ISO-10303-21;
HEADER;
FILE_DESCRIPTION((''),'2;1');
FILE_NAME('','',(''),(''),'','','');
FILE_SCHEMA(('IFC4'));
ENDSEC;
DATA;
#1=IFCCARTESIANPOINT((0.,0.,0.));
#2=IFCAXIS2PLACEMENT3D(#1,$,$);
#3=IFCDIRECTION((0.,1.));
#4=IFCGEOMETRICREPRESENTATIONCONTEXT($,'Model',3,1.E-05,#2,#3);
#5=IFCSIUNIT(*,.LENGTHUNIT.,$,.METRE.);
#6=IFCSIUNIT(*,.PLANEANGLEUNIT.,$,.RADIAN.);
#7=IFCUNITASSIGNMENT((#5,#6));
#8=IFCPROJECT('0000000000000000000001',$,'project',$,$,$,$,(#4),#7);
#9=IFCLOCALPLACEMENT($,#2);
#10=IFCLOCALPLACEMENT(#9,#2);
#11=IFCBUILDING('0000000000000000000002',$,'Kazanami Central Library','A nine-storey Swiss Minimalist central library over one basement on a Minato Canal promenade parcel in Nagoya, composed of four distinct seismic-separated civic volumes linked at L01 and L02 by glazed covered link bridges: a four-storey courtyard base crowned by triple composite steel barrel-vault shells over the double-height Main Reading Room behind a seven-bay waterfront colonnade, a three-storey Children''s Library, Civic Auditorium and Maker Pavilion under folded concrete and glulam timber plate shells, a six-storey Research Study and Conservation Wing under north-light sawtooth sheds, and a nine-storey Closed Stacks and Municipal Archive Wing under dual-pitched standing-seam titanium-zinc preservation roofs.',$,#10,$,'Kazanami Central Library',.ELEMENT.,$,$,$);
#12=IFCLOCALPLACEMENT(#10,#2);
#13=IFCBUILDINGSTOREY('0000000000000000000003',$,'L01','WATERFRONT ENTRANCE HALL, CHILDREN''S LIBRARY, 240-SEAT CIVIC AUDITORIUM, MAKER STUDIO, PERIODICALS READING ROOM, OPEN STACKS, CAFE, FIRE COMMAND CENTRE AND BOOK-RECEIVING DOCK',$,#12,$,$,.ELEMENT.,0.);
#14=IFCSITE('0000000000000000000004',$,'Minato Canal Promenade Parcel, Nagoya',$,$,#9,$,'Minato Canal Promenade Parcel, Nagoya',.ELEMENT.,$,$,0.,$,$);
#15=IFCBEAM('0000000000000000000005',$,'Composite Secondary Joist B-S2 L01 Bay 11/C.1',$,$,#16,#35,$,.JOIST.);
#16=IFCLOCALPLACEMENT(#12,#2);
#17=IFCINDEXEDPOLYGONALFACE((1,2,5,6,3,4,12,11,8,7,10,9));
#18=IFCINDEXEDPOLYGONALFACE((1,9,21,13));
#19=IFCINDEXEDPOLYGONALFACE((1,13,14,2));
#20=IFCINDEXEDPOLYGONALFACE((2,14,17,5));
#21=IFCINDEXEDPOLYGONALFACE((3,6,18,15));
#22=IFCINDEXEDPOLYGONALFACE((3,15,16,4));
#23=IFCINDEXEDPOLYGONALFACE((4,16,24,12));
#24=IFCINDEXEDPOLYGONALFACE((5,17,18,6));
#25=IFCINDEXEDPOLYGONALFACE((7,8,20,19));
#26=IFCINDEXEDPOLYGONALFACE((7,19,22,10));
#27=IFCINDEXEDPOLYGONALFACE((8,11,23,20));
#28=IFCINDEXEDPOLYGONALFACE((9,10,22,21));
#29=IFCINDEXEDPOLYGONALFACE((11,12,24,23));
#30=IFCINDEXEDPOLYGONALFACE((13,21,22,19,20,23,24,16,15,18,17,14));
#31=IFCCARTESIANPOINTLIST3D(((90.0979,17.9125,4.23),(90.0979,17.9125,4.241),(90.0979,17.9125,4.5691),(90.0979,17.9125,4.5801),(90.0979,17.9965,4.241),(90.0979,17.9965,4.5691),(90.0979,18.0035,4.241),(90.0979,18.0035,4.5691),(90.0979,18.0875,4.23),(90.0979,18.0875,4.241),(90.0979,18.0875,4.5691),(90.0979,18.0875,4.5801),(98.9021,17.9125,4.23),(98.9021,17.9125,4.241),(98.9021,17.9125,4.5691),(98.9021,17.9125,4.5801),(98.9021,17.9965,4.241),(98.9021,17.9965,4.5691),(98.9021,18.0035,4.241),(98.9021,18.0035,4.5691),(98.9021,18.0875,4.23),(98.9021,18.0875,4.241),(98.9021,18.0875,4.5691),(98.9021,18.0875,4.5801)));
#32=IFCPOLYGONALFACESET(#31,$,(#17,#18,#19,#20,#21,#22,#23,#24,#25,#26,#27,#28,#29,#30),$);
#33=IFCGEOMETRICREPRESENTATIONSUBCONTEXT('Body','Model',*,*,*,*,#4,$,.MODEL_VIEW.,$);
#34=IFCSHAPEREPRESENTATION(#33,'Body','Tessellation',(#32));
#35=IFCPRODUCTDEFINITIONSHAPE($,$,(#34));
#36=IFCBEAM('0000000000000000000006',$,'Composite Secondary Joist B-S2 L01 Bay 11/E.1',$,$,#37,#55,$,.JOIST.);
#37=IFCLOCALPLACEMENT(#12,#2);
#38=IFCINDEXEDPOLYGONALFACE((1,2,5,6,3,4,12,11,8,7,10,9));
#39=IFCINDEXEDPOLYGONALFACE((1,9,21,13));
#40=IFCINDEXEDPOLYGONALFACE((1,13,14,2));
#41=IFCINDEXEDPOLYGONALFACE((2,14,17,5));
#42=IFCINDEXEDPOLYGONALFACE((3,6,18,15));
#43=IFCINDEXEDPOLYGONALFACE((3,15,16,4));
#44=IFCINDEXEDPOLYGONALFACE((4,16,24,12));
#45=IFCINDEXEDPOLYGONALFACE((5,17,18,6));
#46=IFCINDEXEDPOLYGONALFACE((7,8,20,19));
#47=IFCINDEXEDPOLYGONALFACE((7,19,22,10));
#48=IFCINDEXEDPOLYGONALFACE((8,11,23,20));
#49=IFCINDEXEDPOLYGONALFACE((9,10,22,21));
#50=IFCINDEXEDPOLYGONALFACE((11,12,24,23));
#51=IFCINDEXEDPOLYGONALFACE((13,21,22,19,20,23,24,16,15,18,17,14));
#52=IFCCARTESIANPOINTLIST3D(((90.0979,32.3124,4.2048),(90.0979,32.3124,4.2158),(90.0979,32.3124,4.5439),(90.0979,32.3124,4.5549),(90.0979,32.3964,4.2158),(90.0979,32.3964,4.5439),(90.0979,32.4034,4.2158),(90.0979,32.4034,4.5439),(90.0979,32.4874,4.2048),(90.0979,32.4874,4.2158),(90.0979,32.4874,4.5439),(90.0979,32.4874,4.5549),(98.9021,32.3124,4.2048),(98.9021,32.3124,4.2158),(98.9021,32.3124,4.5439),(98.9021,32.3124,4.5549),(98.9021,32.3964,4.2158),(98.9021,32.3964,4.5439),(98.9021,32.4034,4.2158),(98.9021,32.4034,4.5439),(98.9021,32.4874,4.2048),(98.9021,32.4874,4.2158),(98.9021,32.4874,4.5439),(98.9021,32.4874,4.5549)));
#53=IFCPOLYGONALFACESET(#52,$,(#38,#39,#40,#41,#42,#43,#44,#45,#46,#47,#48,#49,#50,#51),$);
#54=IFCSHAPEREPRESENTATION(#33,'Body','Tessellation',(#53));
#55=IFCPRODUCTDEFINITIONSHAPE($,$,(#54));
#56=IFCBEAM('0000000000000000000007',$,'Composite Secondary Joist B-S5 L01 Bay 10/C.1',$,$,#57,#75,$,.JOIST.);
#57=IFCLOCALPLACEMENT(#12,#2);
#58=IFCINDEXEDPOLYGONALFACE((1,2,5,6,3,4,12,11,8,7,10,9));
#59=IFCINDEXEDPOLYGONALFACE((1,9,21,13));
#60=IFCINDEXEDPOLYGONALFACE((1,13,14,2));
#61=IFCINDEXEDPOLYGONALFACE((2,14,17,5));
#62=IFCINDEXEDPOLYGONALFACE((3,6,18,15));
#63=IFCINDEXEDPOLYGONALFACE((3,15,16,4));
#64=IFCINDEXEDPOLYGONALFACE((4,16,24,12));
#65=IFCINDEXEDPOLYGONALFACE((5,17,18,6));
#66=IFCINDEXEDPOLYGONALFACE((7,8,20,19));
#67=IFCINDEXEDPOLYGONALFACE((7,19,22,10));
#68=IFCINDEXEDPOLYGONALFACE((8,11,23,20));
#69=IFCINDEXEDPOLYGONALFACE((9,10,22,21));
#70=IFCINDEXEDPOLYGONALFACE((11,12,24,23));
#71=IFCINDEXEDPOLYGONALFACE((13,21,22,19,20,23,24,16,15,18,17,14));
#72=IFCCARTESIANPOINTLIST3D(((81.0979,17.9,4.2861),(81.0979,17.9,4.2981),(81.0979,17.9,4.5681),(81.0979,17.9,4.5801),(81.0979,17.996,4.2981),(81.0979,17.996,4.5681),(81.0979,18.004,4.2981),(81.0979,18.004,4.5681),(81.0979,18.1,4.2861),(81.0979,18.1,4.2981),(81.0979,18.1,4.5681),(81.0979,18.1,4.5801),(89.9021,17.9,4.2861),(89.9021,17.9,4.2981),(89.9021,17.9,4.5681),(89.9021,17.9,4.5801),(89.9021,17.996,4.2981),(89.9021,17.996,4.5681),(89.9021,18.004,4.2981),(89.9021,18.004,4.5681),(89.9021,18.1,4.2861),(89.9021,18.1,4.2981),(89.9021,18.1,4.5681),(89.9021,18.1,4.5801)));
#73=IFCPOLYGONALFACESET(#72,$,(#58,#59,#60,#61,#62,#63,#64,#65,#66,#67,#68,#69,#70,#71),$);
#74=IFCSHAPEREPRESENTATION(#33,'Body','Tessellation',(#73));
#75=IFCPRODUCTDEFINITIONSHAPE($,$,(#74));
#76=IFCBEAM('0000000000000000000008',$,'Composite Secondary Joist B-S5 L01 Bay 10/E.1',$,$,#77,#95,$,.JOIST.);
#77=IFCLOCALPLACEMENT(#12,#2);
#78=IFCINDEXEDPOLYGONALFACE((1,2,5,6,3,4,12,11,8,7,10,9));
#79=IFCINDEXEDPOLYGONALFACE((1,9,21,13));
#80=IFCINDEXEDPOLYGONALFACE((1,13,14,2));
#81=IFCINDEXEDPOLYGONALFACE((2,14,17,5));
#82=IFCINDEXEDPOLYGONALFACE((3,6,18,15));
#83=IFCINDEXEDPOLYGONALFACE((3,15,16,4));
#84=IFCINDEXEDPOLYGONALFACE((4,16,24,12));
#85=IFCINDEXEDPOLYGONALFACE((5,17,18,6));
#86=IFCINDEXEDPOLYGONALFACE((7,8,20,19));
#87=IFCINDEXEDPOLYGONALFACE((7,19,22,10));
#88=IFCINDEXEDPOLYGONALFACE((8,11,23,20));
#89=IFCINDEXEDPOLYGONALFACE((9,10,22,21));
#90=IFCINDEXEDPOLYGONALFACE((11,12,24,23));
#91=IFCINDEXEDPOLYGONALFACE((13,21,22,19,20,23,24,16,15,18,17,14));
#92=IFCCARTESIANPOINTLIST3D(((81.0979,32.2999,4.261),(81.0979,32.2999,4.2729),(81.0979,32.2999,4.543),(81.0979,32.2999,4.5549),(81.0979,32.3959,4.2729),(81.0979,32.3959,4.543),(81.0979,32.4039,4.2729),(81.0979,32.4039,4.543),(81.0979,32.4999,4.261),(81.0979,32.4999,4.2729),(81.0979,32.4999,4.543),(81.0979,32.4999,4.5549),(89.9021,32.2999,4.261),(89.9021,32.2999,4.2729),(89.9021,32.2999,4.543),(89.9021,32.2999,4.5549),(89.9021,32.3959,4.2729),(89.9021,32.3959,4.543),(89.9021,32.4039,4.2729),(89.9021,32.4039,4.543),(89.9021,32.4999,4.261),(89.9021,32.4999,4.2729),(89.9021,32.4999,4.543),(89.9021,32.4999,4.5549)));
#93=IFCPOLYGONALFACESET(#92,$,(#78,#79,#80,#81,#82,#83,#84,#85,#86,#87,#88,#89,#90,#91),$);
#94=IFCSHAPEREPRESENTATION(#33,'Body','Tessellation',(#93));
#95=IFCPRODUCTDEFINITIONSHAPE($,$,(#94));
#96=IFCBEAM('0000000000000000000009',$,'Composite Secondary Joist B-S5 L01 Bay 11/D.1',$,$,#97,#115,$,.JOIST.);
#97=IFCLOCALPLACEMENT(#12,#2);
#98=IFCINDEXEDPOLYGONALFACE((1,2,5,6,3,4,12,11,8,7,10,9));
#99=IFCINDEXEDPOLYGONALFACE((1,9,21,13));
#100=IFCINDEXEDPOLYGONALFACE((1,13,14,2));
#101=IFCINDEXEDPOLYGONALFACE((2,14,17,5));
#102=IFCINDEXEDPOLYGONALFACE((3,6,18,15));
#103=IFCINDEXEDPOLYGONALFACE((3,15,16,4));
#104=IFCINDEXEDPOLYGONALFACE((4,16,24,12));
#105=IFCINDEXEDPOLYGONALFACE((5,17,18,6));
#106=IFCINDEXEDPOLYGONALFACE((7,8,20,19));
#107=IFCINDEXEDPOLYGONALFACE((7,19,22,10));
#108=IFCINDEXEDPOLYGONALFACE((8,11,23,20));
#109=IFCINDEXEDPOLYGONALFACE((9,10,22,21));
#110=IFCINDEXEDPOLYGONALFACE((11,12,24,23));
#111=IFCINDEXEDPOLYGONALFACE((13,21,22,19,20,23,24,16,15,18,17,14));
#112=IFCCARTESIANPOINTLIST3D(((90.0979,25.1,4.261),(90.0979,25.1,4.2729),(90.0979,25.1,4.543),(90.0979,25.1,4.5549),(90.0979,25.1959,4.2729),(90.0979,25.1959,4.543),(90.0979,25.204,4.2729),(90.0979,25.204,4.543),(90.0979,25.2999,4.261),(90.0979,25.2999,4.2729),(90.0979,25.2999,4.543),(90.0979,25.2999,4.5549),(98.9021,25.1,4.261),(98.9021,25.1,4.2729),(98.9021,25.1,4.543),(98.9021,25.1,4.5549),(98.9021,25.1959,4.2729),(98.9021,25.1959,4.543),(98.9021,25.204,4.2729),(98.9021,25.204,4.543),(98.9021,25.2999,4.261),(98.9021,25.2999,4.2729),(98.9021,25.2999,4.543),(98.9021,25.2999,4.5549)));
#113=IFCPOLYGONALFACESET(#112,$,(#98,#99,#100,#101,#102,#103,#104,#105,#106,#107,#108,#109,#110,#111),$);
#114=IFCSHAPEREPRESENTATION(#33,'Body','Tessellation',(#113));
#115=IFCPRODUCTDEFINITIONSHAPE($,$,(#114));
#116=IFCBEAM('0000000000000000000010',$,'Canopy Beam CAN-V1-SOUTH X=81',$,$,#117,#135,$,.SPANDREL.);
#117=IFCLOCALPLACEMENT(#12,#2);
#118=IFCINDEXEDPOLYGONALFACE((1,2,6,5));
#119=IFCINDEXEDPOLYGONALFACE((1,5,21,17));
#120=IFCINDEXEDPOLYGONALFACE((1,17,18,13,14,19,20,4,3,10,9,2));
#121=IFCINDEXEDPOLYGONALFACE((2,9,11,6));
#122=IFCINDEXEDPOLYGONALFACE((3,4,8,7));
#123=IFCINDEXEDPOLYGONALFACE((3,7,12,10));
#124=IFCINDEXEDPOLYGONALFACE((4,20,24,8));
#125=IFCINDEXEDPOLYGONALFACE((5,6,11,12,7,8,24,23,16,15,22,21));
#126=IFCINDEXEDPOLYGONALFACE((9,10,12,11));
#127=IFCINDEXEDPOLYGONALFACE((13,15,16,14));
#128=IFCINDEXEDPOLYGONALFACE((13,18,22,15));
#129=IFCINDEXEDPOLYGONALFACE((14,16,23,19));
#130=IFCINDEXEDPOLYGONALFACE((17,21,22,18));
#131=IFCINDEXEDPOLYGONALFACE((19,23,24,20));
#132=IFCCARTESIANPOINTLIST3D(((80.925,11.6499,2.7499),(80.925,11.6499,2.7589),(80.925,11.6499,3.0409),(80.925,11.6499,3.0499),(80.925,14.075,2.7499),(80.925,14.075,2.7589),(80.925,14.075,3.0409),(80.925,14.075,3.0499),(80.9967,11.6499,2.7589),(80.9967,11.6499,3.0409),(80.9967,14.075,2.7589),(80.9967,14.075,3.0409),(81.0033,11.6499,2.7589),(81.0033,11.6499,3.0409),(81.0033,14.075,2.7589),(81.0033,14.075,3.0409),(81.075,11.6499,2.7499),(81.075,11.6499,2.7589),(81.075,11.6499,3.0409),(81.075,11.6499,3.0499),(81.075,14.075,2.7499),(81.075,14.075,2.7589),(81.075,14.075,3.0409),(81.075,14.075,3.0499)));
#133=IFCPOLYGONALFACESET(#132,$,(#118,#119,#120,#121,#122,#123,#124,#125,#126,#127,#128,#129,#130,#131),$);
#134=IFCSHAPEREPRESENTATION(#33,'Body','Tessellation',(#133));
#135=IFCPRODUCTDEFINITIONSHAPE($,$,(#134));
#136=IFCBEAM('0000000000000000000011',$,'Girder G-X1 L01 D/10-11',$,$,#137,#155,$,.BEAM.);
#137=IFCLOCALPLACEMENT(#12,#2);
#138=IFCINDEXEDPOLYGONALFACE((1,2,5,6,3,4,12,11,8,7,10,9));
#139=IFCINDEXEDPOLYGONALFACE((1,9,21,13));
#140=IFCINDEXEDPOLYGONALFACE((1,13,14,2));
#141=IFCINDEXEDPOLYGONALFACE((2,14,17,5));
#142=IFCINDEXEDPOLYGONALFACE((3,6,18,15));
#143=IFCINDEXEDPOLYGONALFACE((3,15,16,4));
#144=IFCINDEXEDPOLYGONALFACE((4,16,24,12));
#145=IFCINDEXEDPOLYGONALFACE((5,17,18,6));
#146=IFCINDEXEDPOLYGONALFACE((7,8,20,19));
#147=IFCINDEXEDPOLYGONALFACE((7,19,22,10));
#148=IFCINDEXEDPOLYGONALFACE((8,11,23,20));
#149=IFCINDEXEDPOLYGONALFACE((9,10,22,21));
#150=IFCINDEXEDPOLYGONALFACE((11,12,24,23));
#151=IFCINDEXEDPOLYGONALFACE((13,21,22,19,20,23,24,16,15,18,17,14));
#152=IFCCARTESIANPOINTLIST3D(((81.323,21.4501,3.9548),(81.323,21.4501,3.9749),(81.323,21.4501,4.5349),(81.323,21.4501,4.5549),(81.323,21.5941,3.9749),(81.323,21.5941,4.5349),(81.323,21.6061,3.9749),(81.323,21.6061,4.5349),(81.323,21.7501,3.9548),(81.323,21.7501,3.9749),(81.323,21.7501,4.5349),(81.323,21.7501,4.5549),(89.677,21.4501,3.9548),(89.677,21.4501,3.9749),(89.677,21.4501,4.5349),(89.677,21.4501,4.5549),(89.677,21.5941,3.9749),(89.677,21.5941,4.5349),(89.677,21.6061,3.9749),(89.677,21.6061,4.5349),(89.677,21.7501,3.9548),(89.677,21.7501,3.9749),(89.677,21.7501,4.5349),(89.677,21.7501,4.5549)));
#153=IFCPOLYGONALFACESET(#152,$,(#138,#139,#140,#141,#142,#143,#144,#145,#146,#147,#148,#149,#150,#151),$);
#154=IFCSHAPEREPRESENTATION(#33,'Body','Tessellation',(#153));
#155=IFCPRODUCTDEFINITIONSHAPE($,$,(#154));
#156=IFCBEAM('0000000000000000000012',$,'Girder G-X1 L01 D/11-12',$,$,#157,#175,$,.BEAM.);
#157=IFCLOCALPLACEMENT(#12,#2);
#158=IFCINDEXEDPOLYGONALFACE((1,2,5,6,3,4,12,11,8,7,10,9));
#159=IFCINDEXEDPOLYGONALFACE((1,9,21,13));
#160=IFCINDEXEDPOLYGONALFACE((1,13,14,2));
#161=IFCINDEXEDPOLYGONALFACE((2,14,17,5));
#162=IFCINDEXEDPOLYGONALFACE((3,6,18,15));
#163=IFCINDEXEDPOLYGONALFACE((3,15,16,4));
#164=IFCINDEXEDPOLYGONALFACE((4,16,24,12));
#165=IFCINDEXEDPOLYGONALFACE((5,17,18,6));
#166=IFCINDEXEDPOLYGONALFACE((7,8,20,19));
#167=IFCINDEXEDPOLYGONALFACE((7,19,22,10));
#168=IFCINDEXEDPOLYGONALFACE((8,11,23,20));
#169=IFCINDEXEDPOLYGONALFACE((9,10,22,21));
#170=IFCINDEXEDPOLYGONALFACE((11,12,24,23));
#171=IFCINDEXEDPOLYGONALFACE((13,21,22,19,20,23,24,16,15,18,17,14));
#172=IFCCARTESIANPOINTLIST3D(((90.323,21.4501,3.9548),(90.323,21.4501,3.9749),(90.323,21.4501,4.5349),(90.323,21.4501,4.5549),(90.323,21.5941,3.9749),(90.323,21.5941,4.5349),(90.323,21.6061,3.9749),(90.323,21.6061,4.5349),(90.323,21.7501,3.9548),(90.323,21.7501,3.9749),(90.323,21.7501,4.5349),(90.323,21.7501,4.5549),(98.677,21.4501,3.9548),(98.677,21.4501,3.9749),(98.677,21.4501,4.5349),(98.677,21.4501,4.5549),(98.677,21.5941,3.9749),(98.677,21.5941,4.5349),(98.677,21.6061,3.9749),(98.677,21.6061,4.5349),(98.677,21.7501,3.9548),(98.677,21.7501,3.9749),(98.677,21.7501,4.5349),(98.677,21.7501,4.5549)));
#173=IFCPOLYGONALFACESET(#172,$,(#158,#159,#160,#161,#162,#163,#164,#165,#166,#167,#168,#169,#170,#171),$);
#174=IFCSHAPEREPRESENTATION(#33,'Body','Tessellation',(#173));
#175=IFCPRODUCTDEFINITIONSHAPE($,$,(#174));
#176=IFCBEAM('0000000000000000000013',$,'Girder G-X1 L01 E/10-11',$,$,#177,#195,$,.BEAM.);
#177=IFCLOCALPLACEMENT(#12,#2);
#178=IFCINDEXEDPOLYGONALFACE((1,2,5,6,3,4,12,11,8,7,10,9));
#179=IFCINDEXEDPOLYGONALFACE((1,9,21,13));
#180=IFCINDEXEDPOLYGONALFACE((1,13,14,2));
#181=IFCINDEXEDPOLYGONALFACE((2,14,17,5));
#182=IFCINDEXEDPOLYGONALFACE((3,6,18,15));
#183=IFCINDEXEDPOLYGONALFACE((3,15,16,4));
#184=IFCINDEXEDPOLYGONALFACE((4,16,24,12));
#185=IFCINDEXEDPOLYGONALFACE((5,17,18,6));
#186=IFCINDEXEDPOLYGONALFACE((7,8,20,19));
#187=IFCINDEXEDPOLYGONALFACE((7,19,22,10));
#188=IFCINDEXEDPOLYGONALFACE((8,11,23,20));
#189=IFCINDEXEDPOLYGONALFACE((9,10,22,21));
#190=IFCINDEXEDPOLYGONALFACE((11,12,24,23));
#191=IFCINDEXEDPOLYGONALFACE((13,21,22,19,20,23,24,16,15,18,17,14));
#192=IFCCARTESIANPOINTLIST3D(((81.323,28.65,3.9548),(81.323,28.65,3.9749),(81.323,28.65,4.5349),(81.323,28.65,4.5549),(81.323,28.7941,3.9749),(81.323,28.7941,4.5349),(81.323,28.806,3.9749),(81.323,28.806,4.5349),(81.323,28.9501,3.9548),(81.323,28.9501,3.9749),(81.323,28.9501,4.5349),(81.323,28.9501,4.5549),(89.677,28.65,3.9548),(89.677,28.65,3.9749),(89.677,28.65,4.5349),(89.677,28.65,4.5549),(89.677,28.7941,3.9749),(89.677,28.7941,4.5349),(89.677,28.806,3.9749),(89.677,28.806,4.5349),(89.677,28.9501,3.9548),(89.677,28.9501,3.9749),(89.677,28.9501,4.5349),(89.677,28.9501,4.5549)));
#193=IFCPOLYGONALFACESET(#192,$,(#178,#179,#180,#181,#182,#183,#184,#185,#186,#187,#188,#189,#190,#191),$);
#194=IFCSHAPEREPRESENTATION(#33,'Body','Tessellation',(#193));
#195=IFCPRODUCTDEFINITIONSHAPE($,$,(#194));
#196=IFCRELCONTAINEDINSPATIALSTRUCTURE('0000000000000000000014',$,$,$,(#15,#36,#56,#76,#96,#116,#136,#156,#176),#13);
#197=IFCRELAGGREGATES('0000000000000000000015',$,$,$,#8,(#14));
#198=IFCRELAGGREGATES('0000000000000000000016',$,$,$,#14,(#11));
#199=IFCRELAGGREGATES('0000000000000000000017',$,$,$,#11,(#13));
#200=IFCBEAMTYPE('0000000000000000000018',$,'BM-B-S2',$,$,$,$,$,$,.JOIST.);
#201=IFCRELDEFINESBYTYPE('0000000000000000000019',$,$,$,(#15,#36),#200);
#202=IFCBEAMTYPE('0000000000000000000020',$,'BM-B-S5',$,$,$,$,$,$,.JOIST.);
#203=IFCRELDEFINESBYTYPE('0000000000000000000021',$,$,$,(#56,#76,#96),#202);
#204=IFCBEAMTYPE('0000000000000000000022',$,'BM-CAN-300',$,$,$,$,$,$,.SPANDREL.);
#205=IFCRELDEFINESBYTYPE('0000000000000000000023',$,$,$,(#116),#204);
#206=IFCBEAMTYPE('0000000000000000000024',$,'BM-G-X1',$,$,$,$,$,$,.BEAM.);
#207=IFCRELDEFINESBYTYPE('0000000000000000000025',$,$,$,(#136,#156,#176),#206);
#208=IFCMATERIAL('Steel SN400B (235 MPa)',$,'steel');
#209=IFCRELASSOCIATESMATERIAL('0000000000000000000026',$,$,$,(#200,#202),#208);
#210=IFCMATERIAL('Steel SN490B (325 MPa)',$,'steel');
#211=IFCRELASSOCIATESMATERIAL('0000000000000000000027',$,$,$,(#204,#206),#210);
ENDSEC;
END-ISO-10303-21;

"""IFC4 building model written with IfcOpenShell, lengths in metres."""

from ifc_helpers import new_model, si_unit, direction, frame, origin, origin_2d, place, context, subcontext, project, spatial, i_section, extrude, material, material_profile, profile_set, type_object, element, save


model = new_model("IFC4")

# Units and contexts
model_context = context("Model", 3, precision=1e-05, world=origin(), true_north=direction((0.0, 1.0)))
body_context = subcontext(model_context, "Body", "Model", "MODEL_VIEW")
ifc_project = project(units=[si_unit("LENGTHUNIT", "METRE"), si_unit("PLANEANGLEUNIT", "RADIAN")], contexts=[model_context])

# Site, building, storey
site_placement = place(None, origin())
site = spatial("IfcSite", under=ifc_project, at=site_placement, Name="Minato Canal Promenade Parcel, Nagoya", LongName="Minato Canal Promenade Parcel, Nagoya", CompositionType="ELEMENT", RefElevation=0.0)
building_placement = place(site_placement, origin())
building = spatial("IfcBuilding", under=site, at=building_placement, Name="Kazanami Central Library", Description="A nine-storey Swiss Minimalist central library over one basement on a Minato Canal promenade parcel in Nagoya, composed of four distinct seismic-separated civic volumes linked at L01 and L02 by glazed covered link bridges: a four-storey courtyard base crowned by triple composite steel barrel-vault shells over the double-height Main Reading Room behind a seven-bay waterfront colonnade, a three-storey Children's Library, Civic Auditorium and Maker Pavilion under folded concrete and glulam timber plate shells, a six-storey Research Study and Conservation Wing under north-light sawtooth sheds, and a nine-storey Closed Stacks and Municipal Archive Wing under dual-pitched standing-seam titanium-zinc preservation roofs.", LongName="Kazanami Central Library", CompositionType="ELEMENT")
storey_placement = place(building_placement, origin())
storey = spatial("IfcBuildingStorey", under=building, at=storey_placement, Name="L01", Description="WATERFRONT ENTRANCE HALL, CHILDREN'S LIBRARY, 240-SEAT CIVIC AUDITORIUM, MAKER STUDIO, PERIODICALS READING ROOM, OPEN STACKS, CAFE, FIRE COMMAND CENTRE AND BOOK-RECEIVING DOCK", CompositionType="ELEMENT", Elevation=0.0)

# Beams
ifc_material_1 = material(Name="Steel SN400B (235 MPa)", Category="steel")
ifc_material_profile_1 = material_profile(ifc_material_1, i_section(OverallWidth=0.175, OverallDepth=0.3501, WebThickness=0.0071, FlangeThickness=0.011, at=origin_2d()), Name="H-350x175x7x11")
ifc_profile_set_1 = profile_set([ifc_material_profile_1], Name="Steel SN400B (235 MPa)")
beam_type_1 = type_object("IfcBeamType", Name="BM-B-S2", PredefinedType="JOIST", material=ifc_profile_set_1)
for number, where, z_axis, x_axis, name in (
    (1, (90.0979, 18.0, 4.405), (1.0, 0.0, 0.0), (0.0, 1.0, 0.0), "Composite Secondary Joist B-S2 L01 Bay 11/C.1"),
    (2, (90.0979, 32.3999, 4.3799), (1.0, 0.0, 0.0), (0.0, 1.0, 0.0), "Composite Secondary Joist B-S2 L01 Bay 11/E.1"),
):
    element("IfcBeam", number, at=place(storey_placement, frame(where, z_axis=z_axis, x_axis=x_axis)), inside=storey, type_object=beam_type_1, Name=name, PredefinedType="JOIST", context=body_context, shape_type="SweptSolid", body=[
        extrude(i_section(OverallWidth=0.175, OverallDepth=0.3501, WebThickness=0.0071, FlangeThickness=0.011, at=origin_2d()), origin(), (0.0, 0.0, 1.0), 8.8042),
    ])
ifc_material_profile_2 = material_profile(ifc_material_1, i_section(OverallWidth=0.2, OverallDepth=0.2939, WebThickness=0.0081, FlangeThickness=0.012, at=origin_2d()), Name="H-294x200x8x12")
ifc_profile_set_2 = profile_set([ifc_material_profile_2], Name="Steel SN400B (235 MPa)")
beam_type_2 = type_object("IfcBeamType", Name="BM-B-S5", PredefinedType="JOIST", material=ifc_profile_set_2)
for number, where, z_axis, x_axis, name in (
    (3, (81.0979, 18.0, 4.4331), (1.0, 0.0, 0.0), (0.0, 1.0, 0.0), "Composite Secondary Joist B-S5 L01 Bay 10/C.1"),
    (4, (81.0979, 32.3999, 4.408), (1.0, 0.0, 0.0), (0.0, 1.0, 0.0), "Composite Secondary Joist B-S5 L01 Bay 10/E.1"),
    (5, (90.0979, 25.2, 4.408), (1.0, 0.0, 0.0), (0.0, 1.0, 0.0), "Composite Secondary Joist B-S5 L01 Bay 11/D.1"),
):
    element("IfcBeam", number, at=place(storey_placement, frame(where, z_axis=z_axis, x_axis=x_axis)), inside=storey, type_object=beam_type_2, Name=name, PredefinedType="JOIST", context=body_context, shape_type="SweptSolid", body=[
        extrude(i_section(OverallWidth=0.2, OverallDepth=0.2939, WebThickness=0.0081, FlangeThickness=0.012, at=origin_2d()), origin(), (0.0, 0.0, 1.0), 8.8042),
    ])
ifc_material_2 = material(Name="Steel SN490B (325 MPa)", Category="steel")
ifc_material_profile_3 = material_profile(ifc_material_2, i_section(OverallWidth=0.1499, OverallDepth=0.3, WebThickness=0.0066, FlangeThickness=0.009, at=origin_2d()), Name="H-300x150x6.5x9")
ifc_profile_set_3 = profile_set([ifc_material_profile_3], Name="Steel SN490B (325 MPa)")
beam_type_3 = type_object("IfcBeamType", Name="BM-CAN-300", PredefinedType="SPANDREL", material=ifc_profile_set_3)
beam_1_placement = place(storey_placement, frame((81.0, 14.075, 2.8999), z_axis=(0.0, -1.0, 0.0), x_axis=(1.0, 0.0, 0.0)))
element("IfcBeam", 6, at=beam_1_placement, inside=storey, type_object=beam_type_3, Name="Canopy Beam CAN-V1-SOUTH X=81", PredefinedType="SPANDREL", context=body_context, shape_type="SweptSolid", body=[
    extrude(i_section(OverallWidth=0.1499, OverallDepth=0.3, WebThickness=0.0066, FlangeThickness=0.009, at=origin_2d()), origin(), (0.0, 0.0, 1.0), 2.425),
])
ifc_material_profile_4 = material_profile(ifc_material_2, i_section(OverallWidth=0.3, OverallDepth=0.6001, WebThickness=0.012, FlangeThickness=0.02, at=origin_2d()), Name="H-600x300x12x20")
ifc_profile_set_4 = profile_set([ifc_material_profile_4], Name="Steel SN490B (325 MPa)")
beam_type_4 = type_object("IfcBeamType", Name="BM-G-X1", PredefinedType="BEAM", material=ifc_profile_set_4)
for number, where, z_axis, x_axis, name in (
    (7, (81.323, 21.6001, 4.2549), (1.0, 0.0, 0.0), (0.0, 1.0, 0.0), "Girder G-X1 L01 D/10-11"),
    (8, (90.323, 21.6001, 4.2549), (1.0, 0.0, 0.0), (0.0, 1.0, 0.0), "Girder G-X1 L01 D/11-12"),
    (9, (81.323, 28.8, 4.2549), (1.0, 0.0, 0.0), (0.0, 1.0, 0.0), "Girder G-X1 L01 E/10-11"),
):
    element("IfcBeam", number, at=place(storey_placement, frame(where, z_axis=z_axis, x_axis=x_axis)), inside=storey, type_object=beam_type_4, Name=name, PredefinedType="BEAM", context=body_context, shape_type="SweptSolid", body=[
        extrude(i_section(OverallWidth=0.3, OverallDepth=0.6001, WebThickness=0.012, FlangeThickness=0.02, at=origin_2d()), origin(), (0.0, 0.0, 1.0), 8.354),
    ])

save(model, "model.ifc")
